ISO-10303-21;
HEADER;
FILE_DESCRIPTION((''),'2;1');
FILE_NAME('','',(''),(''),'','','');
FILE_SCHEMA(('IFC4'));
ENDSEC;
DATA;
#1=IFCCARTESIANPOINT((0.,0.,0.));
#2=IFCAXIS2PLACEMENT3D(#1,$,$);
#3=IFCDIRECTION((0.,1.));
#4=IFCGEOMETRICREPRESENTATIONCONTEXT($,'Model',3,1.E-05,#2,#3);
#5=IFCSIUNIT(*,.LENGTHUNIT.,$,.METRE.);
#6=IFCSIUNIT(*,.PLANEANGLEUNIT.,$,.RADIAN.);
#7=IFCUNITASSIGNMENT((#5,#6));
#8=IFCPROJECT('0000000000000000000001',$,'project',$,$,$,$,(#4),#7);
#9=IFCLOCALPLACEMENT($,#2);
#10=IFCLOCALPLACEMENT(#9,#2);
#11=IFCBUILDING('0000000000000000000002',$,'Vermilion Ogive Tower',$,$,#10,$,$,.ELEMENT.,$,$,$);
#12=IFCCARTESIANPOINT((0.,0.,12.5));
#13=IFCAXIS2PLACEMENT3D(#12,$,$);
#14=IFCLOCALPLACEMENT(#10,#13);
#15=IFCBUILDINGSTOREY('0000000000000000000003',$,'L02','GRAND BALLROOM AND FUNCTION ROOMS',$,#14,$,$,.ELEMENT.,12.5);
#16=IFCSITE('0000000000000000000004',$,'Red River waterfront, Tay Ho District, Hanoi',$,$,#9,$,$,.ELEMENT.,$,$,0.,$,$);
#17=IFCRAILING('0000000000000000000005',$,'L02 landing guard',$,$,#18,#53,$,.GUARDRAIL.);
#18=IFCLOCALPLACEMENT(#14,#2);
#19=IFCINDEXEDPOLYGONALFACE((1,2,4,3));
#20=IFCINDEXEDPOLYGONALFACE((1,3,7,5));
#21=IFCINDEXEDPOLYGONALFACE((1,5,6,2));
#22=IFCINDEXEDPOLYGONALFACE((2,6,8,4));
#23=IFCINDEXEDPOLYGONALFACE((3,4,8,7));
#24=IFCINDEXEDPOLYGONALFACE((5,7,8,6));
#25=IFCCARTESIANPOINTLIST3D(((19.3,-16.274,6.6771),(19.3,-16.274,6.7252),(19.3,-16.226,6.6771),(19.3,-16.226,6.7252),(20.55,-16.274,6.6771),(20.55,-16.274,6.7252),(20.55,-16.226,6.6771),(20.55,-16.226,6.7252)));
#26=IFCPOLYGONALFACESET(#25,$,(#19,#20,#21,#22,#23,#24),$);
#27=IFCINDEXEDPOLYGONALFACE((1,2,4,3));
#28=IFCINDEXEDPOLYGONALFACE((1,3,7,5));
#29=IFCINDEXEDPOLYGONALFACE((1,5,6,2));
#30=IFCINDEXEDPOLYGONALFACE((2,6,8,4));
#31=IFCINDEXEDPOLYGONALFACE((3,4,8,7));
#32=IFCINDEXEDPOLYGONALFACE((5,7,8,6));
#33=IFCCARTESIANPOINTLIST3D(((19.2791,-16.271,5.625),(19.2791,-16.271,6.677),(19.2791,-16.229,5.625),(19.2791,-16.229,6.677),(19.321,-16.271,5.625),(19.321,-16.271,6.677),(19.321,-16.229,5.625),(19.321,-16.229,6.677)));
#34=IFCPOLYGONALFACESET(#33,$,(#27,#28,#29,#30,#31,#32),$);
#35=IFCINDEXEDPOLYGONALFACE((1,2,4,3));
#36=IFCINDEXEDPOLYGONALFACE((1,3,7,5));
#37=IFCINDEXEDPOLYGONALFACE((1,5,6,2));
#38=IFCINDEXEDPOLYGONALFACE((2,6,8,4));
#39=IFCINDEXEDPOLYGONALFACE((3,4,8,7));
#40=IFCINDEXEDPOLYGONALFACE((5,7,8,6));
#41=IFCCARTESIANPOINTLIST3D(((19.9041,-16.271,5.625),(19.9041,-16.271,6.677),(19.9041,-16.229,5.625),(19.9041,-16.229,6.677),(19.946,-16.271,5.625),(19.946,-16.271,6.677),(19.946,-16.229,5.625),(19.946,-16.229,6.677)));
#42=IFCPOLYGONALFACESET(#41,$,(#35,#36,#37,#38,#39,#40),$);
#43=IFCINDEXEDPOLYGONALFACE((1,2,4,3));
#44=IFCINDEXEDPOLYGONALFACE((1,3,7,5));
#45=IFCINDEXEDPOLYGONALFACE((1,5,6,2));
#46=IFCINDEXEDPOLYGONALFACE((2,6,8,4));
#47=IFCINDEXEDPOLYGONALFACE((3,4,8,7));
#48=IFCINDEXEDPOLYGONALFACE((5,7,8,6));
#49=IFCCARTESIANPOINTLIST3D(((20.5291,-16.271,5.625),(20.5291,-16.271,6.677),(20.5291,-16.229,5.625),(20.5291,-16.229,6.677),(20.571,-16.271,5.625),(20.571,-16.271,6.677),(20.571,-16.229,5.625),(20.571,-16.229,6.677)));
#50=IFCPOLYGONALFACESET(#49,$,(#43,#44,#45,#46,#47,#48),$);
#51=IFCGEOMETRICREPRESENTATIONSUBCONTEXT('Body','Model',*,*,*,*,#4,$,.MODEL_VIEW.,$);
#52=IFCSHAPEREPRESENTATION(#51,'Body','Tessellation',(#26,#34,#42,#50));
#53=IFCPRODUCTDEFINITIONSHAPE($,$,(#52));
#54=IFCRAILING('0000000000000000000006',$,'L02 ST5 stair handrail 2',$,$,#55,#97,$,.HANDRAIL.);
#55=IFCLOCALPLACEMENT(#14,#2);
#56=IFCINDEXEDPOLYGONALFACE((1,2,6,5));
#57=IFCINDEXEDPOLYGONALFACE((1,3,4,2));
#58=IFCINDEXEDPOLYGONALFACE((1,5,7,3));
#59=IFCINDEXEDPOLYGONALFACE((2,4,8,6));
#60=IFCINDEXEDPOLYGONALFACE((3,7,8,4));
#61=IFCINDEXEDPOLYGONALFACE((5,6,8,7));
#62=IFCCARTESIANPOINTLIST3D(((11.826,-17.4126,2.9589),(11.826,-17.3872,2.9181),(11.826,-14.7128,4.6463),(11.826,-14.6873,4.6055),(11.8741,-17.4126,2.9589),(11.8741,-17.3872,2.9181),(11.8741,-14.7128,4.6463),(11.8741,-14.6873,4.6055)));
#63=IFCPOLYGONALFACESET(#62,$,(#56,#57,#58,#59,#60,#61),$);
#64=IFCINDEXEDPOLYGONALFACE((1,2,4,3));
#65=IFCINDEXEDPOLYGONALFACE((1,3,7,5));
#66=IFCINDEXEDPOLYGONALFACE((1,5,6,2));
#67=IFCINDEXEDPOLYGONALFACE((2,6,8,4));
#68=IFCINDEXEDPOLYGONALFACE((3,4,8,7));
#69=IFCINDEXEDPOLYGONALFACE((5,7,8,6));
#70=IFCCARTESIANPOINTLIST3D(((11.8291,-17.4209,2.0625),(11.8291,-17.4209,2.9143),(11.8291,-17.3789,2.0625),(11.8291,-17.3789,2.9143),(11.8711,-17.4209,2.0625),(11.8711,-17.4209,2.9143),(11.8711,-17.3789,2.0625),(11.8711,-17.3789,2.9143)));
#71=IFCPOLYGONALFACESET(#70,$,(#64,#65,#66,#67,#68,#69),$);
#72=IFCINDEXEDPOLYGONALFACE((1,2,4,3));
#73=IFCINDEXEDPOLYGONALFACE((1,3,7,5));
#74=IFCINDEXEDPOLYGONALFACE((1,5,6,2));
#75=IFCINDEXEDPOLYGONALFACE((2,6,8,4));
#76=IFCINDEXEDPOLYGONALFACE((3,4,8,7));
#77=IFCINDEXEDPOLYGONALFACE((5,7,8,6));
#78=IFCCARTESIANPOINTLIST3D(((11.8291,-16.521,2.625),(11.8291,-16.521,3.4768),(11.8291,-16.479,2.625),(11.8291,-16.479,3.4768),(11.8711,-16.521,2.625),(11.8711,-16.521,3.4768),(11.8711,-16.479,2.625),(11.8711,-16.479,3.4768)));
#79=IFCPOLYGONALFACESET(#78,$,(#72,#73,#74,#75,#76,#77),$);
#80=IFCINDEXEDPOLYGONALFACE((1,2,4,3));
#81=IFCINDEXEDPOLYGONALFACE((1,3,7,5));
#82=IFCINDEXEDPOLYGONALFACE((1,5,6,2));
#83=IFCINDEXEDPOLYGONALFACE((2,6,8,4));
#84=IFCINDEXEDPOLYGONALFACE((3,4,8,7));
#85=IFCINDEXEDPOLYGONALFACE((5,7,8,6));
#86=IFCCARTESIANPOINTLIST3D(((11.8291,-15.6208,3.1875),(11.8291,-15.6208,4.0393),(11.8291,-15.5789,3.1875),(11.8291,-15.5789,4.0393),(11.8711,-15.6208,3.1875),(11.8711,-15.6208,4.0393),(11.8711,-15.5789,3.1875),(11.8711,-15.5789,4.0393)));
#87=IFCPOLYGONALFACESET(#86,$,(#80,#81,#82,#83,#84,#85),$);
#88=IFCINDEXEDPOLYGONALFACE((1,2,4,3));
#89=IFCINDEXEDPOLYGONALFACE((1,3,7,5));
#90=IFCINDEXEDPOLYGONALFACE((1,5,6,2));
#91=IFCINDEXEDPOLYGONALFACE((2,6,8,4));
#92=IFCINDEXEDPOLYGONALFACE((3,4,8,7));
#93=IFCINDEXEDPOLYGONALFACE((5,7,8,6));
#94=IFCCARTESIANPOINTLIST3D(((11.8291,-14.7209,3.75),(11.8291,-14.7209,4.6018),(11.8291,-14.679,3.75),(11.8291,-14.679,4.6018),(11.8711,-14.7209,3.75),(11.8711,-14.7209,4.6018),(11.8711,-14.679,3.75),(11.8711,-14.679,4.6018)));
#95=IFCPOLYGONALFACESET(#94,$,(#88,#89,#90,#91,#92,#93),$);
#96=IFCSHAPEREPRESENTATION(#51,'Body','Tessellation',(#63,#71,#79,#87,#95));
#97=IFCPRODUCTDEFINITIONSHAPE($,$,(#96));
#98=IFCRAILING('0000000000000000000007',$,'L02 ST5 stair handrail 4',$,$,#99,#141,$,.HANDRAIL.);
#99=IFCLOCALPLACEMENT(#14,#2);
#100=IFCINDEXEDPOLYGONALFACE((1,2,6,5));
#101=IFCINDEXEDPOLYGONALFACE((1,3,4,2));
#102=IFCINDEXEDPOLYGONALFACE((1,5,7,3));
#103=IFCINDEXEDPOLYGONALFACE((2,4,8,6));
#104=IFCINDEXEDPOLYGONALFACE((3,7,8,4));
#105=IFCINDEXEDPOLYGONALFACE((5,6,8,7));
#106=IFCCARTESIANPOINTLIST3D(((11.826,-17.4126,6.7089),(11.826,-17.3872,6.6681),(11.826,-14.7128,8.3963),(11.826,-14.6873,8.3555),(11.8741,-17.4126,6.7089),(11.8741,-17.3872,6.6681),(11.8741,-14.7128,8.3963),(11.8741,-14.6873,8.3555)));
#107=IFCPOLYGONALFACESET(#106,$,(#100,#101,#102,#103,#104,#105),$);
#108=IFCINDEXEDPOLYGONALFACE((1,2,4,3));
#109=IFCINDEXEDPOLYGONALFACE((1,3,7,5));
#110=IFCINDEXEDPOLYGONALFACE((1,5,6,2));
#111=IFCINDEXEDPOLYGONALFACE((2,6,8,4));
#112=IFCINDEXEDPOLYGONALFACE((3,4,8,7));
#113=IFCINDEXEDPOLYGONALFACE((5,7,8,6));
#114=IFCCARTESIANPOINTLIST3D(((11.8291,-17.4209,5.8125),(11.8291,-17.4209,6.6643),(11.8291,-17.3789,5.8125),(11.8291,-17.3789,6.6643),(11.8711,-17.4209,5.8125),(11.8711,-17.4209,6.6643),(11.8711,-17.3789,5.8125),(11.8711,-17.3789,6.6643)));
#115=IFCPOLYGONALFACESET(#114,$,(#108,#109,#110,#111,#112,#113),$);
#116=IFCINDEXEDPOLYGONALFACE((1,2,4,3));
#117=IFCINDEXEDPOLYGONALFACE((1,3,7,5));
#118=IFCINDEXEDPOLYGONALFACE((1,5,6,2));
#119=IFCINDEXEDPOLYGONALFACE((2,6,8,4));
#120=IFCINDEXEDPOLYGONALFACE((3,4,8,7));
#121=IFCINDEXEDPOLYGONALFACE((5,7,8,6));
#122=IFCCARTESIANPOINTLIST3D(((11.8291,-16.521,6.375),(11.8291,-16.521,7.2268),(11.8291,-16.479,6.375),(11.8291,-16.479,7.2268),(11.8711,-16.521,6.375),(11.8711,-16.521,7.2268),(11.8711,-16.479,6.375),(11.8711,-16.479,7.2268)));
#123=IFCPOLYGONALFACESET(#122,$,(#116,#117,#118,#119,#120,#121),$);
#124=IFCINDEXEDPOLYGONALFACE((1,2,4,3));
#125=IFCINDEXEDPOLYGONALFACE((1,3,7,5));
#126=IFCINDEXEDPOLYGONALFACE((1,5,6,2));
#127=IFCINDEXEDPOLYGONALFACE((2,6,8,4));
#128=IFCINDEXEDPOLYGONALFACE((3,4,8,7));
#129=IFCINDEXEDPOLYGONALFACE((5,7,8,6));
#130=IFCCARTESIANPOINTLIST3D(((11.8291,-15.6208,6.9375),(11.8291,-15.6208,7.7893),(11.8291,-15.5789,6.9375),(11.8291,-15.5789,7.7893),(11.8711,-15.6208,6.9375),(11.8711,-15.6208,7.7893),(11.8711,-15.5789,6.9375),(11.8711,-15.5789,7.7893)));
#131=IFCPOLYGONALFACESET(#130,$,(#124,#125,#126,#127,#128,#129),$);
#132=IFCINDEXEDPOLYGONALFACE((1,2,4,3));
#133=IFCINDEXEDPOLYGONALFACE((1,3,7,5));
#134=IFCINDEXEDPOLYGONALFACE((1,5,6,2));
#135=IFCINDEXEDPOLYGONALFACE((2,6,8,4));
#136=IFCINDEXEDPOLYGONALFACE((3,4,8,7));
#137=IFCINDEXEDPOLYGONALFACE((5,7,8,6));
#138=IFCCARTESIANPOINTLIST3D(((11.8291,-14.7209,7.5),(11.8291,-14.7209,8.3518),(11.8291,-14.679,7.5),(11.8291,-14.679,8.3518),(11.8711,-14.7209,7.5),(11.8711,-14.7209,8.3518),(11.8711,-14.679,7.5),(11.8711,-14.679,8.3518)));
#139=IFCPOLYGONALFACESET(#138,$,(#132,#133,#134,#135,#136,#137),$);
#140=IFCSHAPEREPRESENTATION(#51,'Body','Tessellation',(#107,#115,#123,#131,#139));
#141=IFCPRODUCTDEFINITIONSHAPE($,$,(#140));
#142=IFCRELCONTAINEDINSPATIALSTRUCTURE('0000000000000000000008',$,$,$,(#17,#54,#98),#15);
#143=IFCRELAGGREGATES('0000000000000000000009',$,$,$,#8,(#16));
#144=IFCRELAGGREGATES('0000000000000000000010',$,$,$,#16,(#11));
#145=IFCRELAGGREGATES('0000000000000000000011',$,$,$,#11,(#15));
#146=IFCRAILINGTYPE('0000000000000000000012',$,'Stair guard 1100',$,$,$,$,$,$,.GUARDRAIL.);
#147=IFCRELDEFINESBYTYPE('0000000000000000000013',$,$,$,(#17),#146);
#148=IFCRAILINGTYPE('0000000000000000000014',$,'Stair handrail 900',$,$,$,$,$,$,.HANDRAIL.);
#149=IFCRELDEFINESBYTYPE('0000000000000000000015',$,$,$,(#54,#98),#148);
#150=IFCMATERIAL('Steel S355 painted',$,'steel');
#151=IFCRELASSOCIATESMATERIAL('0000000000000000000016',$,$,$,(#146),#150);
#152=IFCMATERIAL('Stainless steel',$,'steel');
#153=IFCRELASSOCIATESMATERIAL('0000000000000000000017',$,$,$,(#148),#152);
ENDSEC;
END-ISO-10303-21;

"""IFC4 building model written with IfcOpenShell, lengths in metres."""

from ifc_helpers import new_model, si_unit, direction, frame, origin, origin_2d, place, context, subcontext, project, spatial, rectangle, extrude, material, type_object, element, save


model = new_model("IFC4")

# Units and contexts
model_context = context("Model", 3, precision=1e-05, world=origin(), true_north=direction((0.0, 1.0)))
body_context = subcontext(model_context, "Body", "Model", "MODEL_VIEW")
ifc_project = project(units=[si_unit("LENGTHUNIT", "METRE"), si_unit("PLANEANGLEUNIT", "RADIAN")], contexts=[model_context])

# Site, building, storey
site_placement = place(None, origin())
site = spatial("IfcSite", under=ifc_project, at=site_placement, Name="Red River waterfront, Tay Ho District, Hanoi", CompositionType="ELEMENT", RefElevation=0.0)
building_placement = place(site_placement, origin())
building = spatial("IfcBuilding", under=site, at=building_placement, Name="Vermilion Ogive Tower", CompositionType="ELEMENT")
storey_placement = place(building_placement, frame((0.0, 0.0, 12.5)))
storey = spatial("IfcBuildingStorey", under=building, at=storey_placement, Name="L02", Description="GRAND BALLROOM AND FUNCTION ROOMS", CompositionType="ELEMENT", Elevation=12.5)

# Railings
ifc_material_1 = material(Name="Steel S355 painted", Category="steel")
railing_type_1 = type_object("IfcRailingType", Name="Stair guard 1100", PredefinedType="GUARDRAIL", material=ifc_material_1)
for number, where, name in (
    (1, (19.3, -16.25, 5.625), "L02 landing guard"),
):
    element("IfcRailing", number, at=place(storey_placement, frame(where)), inside=storey, type_object=railing_type_1, Name=name, PredefinedType="GUARDRAIL", context=body_context, shape_type="SweptSolid", body=[
        extrude(rectangle(XDim=0.0481, YDim=0.0481, at=origin_2d()), frame((0.0, 0.0, 1.0762), z_axis=(1.0, 0.0, 0.0), x_axis=(0.0, 1.0, 0.0)), (0.0, 0.0, 1.0), 1.25),
        extrude(rectangle(XDim=0.042, YDim=0.042, at=origin_2d()), origin(), (0.0, 0.0, 1.0), 1.052),
        extrude(rectangle(XDim=0.042, YDim=0.042, at=origin_2d()), frame((0.625, 0.0, 0.0)), (0.0, 0.0, 1.0), 1.052),
        extrude(rectangle(XDim=0.042, YDim=0.042, at=origin_2d()), frame((1.25, 0.0, 0.0)), (0.0, 0.0, 1.0), 1.052),
    ])
ifc_material_2 = material(Name="Stainless steel", Category="steel")
railing_type_2 = type_object("IfcRailingType", Name="Stair handrail 900", PredefinedType="HANDRAIL", material=ifc_material_2)
for number, where, name in (
    (2, (11.8501, -17.3999, 2.0625), "L02 ST5 stair handrail 2"),
    (3, (11.8501, -17.3999, 5.8125), "L02 ST5 stair handrail 4"),
):
    element("IfcRailing", number, at=place(storey_placement, frame(where)), inside=storey, type_object=railing_type_2, Name=name, PredefinedType="HANDRAIL", context=body_context, shape_type="SweptSolid", body=[
        extrude(rectangle(XDim=0.0481, YDim=0.0481, at=origin_2d()), frame((0.0, 0.0, 0.876), z_axis=(0.0, 0.847994, 0.530006), x_axis=(-1.0, 0.0, 0.0)), (0.0, 0.0, 1.0), 3.1838),
        extrude(rectangle(XDim=0.042, YDim=0.042, at=origin_2d()), origin(), (0.0, 0.0, 1.0), 0.8518),
        extrude(rectangle(XDim=0.042, YDim=0.042, at=origin_2d()), frame((0.0, 0.8999, 0.5625)), (0.0, 0.0, 1.0), 0.8518),
        extrude(rectangle(XDim=0.042, YDim=0.042, at=origin_2d()), frame((0.0, 1.8, 1.125)), (0.0, 0.0, 1.0), 0.8518),
        extrude(rectangle(XDim=0.042, YDim=0.042, at=origin_2d()), frame((0.0, 2.7, 1.6875)), (0.0, 0.0, 1.0), 0.8518),
    ])

save(model, "model.ifc")
